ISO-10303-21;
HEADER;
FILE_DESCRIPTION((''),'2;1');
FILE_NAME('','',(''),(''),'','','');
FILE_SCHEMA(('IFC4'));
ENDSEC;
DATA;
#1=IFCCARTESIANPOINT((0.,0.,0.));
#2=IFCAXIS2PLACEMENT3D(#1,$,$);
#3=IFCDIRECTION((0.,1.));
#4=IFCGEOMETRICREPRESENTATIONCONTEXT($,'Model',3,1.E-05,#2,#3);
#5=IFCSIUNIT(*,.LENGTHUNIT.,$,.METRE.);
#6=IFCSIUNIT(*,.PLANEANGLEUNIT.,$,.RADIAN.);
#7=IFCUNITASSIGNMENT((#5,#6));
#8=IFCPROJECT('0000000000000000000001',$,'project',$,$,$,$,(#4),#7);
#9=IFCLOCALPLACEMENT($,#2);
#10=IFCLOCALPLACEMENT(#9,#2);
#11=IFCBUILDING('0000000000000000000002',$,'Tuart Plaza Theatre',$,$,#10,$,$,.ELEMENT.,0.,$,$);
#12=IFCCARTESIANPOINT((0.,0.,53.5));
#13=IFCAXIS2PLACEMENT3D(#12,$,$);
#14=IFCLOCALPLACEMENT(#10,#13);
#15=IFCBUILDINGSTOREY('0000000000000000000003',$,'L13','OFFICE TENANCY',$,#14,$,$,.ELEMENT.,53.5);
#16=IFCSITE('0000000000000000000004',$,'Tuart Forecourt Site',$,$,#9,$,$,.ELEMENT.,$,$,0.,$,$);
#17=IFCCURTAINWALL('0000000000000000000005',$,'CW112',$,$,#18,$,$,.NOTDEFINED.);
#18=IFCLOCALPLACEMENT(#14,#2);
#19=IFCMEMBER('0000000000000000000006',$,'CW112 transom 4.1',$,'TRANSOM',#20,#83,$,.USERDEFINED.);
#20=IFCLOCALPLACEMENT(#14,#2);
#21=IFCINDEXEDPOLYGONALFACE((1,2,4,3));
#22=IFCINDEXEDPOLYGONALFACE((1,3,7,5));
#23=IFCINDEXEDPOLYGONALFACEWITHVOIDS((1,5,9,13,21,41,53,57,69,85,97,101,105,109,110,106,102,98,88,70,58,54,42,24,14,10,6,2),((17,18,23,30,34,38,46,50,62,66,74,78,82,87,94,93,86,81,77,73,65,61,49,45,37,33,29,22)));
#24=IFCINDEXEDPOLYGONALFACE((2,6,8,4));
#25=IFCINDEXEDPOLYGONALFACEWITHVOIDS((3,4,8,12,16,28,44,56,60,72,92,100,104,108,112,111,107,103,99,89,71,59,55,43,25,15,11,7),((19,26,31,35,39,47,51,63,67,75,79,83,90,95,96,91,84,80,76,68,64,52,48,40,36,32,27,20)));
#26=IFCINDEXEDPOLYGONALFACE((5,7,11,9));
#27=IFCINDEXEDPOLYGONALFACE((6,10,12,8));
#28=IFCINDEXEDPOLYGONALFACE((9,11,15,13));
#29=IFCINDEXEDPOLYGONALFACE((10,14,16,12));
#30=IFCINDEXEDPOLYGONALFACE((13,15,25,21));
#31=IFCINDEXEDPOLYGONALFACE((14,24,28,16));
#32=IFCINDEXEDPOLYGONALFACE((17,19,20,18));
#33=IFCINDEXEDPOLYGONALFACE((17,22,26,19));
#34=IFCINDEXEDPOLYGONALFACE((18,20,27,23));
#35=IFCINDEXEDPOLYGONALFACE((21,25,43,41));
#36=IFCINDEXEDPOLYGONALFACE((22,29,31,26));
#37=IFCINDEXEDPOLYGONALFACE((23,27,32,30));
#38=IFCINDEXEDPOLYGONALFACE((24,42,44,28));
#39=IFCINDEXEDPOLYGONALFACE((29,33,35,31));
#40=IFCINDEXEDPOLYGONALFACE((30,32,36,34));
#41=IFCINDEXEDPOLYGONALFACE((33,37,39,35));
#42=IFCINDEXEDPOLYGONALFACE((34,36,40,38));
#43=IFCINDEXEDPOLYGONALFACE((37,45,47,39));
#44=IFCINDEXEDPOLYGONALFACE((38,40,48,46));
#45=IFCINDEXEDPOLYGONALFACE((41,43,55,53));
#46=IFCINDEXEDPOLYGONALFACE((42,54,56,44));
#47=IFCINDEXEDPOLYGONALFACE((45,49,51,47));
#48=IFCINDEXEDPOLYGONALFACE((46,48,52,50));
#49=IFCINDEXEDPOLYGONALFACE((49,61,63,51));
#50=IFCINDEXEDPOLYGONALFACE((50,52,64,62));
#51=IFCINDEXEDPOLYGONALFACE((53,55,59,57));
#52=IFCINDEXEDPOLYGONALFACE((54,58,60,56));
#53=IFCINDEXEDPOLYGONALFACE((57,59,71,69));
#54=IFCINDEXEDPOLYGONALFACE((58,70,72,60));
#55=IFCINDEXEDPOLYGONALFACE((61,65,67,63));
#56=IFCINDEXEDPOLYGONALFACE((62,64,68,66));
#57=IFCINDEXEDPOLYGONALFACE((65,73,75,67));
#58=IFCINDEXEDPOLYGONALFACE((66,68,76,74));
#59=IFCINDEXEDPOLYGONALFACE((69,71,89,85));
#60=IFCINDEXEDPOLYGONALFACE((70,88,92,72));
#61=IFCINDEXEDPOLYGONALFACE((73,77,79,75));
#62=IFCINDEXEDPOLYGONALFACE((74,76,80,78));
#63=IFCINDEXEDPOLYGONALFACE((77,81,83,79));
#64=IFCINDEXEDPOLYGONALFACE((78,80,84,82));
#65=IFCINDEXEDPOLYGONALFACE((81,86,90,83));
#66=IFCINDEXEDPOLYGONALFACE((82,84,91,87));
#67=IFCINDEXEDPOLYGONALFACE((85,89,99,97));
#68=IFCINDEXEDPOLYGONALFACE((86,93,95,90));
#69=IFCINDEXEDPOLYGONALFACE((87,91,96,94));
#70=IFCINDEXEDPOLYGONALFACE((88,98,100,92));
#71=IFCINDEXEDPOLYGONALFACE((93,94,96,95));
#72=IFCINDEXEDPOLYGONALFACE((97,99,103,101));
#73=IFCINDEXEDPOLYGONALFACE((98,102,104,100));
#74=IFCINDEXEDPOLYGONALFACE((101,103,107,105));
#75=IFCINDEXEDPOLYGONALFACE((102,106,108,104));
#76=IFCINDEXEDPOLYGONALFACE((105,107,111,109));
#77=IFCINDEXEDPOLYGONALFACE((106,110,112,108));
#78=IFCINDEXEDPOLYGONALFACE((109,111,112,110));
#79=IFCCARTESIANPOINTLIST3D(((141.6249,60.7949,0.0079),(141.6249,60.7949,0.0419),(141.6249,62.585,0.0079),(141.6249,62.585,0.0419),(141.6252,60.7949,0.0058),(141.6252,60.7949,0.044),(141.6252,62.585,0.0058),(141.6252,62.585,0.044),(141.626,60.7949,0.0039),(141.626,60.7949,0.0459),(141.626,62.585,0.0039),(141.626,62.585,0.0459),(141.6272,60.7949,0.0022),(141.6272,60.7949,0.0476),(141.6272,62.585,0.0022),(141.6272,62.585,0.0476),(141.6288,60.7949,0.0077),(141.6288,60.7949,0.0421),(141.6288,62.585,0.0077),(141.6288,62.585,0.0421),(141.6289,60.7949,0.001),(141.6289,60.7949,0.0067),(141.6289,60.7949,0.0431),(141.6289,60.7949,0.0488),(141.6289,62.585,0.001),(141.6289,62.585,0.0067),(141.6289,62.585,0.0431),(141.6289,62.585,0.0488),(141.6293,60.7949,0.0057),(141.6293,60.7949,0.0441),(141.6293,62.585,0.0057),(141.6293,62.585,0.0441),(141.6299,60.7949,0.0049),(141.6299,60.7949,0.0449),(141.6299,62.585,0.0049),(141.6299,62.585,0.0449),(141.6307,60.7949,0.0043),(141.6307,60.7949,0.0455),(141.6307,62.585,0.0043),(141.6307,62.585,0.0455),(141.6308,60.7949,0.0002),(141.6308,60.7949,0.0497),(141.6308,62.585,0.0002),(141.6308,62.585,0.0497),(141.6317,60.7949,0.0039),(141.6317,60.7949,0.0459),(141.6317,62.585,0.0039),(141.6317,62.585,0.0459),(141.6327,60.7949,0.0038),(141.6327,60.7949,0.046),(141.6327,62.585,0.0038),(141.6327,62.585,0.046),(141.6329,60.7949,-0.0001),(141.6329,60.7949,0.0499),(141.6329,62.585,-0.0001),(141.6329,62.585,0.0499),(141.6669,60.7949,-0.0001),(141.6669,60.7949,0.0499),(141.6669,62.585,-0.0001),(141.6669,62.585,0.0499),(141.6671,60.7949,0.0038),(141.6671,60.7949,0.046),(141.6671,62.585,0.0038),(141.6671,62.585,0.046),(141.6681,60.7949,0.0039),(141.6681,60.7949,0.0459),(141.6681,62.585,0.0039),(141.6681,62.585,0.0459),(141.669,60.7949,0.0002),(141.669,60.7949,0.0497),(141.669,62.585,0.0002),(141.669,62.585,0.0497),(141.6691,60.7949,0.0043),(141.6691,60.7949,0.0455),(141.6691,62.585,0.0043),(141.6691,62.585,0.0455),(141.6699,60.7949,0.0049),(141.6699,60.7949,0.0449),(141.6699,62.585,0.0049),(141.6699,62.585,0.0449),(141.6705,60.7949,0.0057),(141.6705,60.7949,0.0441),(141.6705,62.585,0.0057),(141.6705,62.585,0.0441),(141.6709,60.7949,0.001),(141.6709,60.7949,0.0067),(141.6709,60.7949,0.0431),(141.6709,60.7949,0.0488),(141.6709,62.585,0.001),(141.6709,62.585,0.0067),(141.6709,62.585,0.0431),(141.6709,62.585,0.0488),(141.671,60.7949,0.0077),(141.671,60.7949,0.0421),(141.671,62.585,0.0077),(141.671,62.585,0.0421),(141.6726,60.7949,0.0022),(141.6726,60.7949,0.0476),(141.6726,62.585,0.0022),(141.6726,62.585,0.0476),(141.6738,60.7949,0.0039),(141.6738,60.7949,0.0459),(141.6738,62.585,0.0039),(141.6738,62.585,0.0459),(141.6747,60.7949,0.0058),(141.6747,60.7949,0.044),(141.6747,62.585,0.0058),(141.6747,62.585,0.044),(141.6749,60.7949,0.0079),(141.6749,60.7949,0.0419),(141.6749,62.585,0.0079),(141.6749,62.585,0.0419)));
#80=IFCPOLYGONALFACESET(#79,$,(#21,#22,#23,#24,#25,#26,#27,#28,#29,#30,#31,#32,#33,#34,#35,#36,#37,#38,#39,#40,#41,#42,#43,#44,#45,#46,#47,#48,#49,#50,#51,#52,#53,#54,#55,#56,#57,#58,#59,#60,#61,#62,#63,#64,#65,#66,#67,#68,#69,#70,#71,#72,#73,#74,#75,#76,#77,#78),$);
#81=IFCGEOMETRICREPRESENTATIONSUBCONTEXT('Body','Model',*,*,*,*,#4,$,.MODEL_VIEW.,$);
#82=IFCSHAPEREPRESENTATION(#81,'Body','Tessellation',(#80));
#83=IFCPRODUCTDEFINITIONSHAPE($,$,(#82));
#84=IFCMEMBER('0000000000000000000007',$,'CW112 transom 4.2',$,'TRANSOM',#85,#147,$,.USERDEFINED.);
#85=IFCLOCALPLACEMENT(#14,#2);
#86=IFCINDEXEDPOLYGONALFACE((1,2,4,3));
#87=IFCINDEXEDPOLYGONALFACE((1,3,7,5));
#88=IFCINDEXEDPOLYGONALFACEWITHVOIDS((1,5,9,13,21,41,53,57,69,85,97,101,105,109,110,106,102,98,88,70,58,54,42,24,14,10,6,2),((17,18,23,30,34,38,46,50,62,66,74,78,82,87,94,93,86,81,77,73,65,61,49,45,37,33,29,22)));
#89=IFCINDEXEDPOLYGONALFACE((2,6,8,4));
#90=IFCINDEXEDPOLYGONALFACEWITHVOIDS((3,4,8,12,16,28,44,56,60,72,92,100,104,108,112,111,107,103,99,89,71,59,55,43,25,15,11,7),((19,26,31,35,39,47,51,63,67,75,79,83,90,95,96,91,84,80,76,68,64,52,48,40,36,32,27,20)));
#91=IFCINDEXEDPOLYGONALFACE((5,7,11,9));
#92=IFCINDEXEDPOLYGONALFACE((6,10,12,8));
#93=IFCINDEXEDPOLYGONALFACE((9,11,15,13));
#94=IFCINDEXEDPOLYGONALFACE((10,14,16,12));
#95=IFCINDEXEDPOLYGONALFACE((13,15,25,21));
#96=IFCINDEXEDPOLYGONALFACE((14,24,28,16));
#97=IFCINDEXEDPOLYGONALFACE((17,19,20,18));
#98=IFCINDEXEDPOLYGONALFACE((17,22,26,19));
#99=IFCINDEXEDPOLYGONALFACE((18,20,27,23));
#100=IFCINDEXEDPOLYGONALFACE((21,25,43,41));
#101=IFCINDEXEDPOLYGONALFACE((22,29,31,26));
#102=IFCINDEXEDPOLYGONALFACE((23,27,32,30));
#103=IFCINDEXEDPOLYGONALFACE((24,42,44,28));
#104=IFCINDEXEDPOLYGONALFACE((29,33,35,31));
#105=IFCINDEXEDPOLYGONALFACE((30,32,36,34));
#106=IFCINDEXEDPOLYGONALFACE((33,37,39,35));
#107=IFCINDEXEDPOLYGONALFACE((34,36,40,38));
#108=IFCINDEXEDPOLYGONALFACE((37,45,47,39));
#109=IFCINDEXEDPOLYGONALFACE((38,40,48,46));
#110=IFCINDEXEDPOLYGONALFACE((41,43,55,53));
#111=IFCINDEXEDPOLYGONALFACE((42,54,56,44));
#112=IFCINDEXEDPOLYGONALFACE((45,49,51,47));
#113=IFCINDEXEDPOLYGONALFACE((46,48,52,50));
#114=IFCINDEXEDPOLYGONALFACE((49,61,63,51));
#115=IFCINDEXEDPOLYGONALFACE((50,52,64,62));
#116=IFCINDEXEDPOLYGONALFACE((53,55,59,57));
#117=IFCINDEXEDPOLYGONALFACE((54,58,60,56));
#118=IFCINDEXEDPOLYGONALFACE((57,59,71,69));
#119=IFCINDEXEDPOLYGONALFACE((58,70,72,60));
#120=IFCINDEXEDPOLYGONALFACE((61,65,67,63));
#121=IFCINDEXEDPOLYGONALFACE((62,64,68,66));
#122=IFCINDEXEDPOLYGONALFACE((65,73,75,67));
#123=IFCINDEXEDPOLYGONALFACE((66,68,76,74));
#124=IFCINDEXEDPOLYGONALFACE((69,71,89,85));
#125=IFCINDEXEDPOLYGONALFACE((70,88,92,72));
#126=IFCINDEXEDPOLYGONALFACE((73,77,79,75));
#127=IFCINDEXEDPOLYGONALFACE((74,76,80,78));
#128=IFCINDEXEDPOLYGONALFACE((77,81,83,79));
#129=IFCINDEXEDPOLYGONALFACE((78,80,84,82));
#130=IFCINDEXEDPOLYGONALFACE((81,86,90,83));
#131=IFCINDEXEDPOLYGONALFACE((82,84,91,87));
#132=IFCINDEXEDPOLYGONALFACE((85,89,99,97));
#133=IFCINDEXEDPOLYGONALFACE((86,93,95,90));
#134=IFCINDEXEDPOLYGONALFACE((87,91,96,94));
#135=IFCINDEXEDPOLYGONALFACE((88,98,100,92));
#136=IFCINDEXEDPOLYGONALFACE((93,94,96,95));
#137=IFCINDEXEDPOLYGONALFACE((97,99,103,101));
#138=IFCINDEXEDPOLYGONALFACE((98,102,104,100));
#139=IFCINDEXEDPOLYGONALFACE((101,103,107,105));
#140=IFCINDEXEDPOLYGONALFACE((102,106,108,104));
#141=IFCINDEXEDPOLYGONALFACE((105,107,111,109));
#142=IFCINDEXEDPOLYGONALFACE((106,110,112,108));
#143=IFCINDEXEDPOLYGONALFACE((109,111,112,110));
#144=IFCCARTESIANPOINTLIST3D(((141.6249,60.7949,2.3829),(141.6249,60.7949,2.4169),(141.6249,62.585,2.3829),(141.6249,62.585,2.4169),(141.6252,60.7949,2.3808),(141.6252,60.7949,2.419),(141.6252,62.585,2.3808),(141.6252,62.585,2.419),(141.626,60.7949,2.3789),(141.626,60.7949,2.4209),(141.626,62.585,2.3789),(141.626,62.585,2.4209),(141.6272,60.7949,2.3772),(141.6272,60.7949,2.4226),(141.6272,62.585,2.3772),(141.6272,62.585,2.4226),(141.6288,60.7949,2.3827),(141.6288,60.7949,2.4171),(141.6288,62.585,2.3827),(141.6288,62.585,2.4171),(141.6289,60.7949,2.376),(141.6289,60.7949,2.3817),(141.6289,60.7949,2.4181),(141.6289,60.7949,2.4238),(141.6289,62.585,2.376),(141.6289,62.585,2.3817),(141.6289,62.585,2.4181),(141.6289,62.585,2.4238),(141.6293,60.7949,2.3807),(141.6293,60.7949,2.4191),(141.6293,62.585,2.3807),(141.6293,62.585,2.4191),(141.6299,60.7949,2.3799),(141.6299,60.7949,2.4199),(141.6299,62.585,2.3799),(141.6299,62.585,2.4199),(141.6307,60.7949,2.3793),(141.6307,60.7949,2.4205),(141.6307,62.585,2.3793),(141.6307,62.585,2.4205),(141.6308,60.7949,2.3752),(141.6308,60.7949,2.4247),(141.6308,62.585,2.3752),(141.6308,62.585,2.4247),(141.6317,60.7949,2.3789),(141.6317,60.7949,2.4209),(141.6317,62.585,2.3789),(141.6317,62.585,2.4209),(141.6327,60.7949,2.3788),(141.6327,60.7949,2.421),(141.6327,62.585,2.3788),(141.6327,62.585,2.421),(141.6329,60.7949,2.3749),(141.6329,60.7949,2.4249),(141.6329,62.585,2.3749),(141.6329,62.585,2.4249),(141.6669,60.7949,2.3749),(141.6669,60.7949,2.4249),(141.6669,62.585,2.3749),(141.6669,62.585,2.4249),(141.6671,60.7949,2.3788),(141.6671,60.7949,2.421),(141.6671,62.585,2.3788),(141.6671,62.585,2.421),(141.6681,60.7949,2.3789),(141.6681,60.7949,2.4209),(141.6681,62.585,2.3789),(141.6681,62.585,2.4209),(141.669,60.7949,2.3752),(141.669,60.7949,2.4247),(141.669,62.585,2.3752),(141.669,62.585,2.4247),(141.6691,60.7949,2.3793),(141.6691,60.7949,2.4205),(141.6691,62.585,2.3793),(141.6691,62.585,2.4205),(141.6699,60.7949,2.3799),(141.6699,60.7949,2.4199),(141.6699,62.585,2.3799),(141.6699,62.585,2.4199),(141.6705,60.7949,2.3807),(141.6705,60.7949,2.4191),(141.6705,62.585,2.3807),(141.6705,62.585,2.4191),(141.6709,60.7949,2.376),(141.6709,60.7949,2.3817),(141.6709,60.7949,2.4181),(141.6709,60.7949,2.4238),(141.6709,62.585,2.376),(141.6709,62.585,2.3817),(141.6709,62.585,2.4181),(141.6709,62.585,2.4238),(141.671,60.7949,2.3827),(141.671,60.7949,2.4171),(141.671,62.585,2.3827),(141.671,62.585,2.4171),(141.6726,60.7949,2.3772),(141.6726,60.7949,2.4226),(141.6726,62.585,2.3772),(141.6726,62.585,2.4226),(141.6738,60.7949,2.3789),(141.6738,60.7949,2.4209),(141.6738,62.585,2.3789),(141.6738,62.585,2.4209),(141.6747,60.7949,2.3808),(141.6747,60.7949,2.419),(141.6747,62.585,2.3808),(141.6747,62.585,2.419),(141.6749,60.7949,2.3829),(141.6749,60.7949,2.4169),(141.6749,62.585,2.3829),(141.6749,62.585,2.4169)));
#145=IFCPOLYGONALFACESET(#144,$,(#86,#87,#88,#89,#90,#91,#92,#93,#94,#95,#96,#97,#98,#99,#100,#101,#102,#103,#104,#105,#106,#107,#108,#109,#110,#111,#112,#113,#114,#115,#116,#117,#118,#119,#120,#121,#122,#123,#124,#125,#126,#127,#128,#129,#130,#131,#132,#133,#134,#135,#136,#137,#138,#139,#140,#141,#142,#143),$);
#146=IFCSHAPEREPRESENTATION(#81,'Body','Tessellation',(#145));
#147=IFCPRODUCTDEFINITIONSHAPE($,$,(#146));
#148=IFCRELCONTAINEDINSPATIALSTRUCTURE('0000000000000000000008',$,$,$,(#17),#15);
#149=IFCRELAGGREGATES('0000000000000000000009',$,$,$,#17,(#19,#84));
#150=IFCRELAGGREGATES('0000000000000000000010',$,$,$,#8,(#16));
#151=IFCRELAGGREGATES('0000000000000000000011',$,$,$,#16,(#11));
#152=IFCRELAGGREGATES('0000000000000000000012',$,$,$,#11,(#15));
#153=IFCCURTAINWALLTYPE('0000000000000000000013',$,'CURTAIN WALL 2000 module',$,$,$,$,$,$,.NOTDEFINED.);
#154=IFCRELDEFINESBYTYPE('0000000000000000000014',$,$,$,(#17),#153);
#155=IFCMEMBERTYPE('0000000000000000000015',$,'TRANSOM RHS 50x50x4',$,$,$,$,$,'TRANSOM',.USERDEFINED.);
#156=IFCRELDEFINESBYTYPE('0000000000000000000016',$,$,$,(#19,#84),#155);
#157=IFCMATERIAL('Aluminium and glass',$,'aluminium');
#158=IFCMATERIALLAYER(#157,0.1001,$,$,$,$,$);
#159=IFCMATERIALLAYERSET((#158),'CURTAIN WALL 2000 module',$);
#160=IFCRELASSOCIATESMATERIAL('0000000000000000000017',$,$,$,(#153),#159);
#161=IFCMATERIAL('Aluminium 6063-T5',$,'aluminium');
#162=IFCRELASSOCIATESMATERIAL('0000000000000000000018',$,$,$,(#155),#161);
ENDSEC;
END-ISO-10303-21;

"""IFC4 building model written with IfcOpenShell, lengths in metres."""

from ifc_helpers import new_model, si_unit, direction, frame, origin, origin_2d, place, context, subcontext, project, spatial, hollow_rectangle, extrude, material, layer, layer_set, material_profile, profile_set, type_object, element, aggregate, save


model = new_model("IFC4")

# Units and contexts
model_context = context("Model", 3, precision=1e-05, world=origin(), true_north=direction((0.0, 1.0)))
body_context = subcontext(model_context, "Body", "Model", "MODEL_VIEW")
ifc_project = project(units=[si_unit("LENGTHUNIT", "METRE"), si_unit("PLANEANGLEUNIT", "RADIAN")], contexts=[model_context])

# Site, building, storey
site_placement = place(None, origin())
site = spatial("IfcSite", under=ifc_project, at=site_placement, Name="Tuart Forecourt Site", CompositionType="ELEMENT", RefElevation=0.0)
building_placement = place(site_placement, origin())
building = spatial("IfcBuilding", under=site, at=building_placement, Name="Tuart Plaza Theatre", CompositionType="ELEMENT", ElevationOfRefHeight=0.0)
storey_placement = place(building_placement, frame((0.0, 0.0, 53.5)))
storey = spatial("IfcBuildingStorey", under=building, at=storey_placement, Name="L13", Description="OFFICE TENANCY", CompositionType="ELEMENT", Elevation=53.5)

# Curtain wall
ifc_material_1 = material(Name="Aluminium and glass", Category="aluminium")
ifc_layer_1 = layer(ifc_material_1, 0.1001)
ifc_layer_set_1 = layer_set([ifc_layer_1], Name="CURTAIN WALL 2000 module")
curtain_wall_type = type_object("IfcCurtainWallType", Name="CURTAIN WALL 2000 module", PredefinedType="NOTDEFINED", material=ifc_layer_set_1)
curtain_wall_1_placement = place(storey_placement, origin())
curtain_wall_1 = element("IfcCurtainWall", 1, at=curtain_wall_1_placement, inside=storey, type_object=curtain_wall_type, Name="CW112", PredefinedType="NOTDEFINED")

# Members
ifc_material_2 = material(Name="Aluminium 6063-T5", Category="aluminium")
ifc_material_profile_1 = material_profile(ifc_material_2, hollow_rectangle(XDim=0.05, YDim=0.05, WallThickness=0.0039, InnerFilletRadius=0.0039, OuterFilletRadius=0.0081, at=origin_2d()), Name="RHS 50x50x4")
ifc_profile_set_1 = profile_set([ifc_material_profile_1], Name="Aluminium 6063-T5")
member_type_1 = type_object("IfcMemberType", Name="TRANSOM RHS 50x50x4", ElementType="TRANSOM", PredefinedType="USERDEFINED", material=ifc_profile_set_1)
member_1_placement = place(storey_placement, frame((141.6499, 60.7949, 0.0249), z_axis=(0.0, 1.0, 0.0), x_axis=(-1.0, 0.0, 0.0)))
member_1 = element("IfcMember", 2, at=member_1_placement, type_object=member_type_1, Name="CW112 transom 4.1", ObjectType="TRANSOM", PredefinedType="USERDEFINED", context=body_context, shape_type="SweptSolid", body=[
    extrude(hollow_rectangle(XDim=0.05, YDim=0.05, WallThickness=0.0039, InnerFilletRadius=0.0039, OuterFilletRadius=0.0081, at=origin_2d()), origin(), (0.0, 0.0, 1.0), 1.79),
])
member_2_placement = place(storey_placement, frame((141.6499, 60.7949, 2.3999), z_axis=(0.0, 1.0, 0.0), x_axis=(-1.0, 0.0, 0.0)))
member_2 = element("IfcMember", 3, at=member_2_placement, type_object=member_type_1, Name="CW112 transom 4.2", ObjectType="TRANSOM", PredefinedType="USERDEFINED", context=body_context, shape_type="SweptSolid", body=[
    extrude(hollow_rectangle(XDim=0.05, YDim=0.05, WallThickness=0.0039, InnerFilletRadius=0.0039, OuterFilletRadius=0.0081, at=origin_2d()), origin(), (0.0, 0.0, 1.0), 1.79),
])

aggregate(curtain_wall_1, [member_1, member_2])

save(model, "model.ifc")
